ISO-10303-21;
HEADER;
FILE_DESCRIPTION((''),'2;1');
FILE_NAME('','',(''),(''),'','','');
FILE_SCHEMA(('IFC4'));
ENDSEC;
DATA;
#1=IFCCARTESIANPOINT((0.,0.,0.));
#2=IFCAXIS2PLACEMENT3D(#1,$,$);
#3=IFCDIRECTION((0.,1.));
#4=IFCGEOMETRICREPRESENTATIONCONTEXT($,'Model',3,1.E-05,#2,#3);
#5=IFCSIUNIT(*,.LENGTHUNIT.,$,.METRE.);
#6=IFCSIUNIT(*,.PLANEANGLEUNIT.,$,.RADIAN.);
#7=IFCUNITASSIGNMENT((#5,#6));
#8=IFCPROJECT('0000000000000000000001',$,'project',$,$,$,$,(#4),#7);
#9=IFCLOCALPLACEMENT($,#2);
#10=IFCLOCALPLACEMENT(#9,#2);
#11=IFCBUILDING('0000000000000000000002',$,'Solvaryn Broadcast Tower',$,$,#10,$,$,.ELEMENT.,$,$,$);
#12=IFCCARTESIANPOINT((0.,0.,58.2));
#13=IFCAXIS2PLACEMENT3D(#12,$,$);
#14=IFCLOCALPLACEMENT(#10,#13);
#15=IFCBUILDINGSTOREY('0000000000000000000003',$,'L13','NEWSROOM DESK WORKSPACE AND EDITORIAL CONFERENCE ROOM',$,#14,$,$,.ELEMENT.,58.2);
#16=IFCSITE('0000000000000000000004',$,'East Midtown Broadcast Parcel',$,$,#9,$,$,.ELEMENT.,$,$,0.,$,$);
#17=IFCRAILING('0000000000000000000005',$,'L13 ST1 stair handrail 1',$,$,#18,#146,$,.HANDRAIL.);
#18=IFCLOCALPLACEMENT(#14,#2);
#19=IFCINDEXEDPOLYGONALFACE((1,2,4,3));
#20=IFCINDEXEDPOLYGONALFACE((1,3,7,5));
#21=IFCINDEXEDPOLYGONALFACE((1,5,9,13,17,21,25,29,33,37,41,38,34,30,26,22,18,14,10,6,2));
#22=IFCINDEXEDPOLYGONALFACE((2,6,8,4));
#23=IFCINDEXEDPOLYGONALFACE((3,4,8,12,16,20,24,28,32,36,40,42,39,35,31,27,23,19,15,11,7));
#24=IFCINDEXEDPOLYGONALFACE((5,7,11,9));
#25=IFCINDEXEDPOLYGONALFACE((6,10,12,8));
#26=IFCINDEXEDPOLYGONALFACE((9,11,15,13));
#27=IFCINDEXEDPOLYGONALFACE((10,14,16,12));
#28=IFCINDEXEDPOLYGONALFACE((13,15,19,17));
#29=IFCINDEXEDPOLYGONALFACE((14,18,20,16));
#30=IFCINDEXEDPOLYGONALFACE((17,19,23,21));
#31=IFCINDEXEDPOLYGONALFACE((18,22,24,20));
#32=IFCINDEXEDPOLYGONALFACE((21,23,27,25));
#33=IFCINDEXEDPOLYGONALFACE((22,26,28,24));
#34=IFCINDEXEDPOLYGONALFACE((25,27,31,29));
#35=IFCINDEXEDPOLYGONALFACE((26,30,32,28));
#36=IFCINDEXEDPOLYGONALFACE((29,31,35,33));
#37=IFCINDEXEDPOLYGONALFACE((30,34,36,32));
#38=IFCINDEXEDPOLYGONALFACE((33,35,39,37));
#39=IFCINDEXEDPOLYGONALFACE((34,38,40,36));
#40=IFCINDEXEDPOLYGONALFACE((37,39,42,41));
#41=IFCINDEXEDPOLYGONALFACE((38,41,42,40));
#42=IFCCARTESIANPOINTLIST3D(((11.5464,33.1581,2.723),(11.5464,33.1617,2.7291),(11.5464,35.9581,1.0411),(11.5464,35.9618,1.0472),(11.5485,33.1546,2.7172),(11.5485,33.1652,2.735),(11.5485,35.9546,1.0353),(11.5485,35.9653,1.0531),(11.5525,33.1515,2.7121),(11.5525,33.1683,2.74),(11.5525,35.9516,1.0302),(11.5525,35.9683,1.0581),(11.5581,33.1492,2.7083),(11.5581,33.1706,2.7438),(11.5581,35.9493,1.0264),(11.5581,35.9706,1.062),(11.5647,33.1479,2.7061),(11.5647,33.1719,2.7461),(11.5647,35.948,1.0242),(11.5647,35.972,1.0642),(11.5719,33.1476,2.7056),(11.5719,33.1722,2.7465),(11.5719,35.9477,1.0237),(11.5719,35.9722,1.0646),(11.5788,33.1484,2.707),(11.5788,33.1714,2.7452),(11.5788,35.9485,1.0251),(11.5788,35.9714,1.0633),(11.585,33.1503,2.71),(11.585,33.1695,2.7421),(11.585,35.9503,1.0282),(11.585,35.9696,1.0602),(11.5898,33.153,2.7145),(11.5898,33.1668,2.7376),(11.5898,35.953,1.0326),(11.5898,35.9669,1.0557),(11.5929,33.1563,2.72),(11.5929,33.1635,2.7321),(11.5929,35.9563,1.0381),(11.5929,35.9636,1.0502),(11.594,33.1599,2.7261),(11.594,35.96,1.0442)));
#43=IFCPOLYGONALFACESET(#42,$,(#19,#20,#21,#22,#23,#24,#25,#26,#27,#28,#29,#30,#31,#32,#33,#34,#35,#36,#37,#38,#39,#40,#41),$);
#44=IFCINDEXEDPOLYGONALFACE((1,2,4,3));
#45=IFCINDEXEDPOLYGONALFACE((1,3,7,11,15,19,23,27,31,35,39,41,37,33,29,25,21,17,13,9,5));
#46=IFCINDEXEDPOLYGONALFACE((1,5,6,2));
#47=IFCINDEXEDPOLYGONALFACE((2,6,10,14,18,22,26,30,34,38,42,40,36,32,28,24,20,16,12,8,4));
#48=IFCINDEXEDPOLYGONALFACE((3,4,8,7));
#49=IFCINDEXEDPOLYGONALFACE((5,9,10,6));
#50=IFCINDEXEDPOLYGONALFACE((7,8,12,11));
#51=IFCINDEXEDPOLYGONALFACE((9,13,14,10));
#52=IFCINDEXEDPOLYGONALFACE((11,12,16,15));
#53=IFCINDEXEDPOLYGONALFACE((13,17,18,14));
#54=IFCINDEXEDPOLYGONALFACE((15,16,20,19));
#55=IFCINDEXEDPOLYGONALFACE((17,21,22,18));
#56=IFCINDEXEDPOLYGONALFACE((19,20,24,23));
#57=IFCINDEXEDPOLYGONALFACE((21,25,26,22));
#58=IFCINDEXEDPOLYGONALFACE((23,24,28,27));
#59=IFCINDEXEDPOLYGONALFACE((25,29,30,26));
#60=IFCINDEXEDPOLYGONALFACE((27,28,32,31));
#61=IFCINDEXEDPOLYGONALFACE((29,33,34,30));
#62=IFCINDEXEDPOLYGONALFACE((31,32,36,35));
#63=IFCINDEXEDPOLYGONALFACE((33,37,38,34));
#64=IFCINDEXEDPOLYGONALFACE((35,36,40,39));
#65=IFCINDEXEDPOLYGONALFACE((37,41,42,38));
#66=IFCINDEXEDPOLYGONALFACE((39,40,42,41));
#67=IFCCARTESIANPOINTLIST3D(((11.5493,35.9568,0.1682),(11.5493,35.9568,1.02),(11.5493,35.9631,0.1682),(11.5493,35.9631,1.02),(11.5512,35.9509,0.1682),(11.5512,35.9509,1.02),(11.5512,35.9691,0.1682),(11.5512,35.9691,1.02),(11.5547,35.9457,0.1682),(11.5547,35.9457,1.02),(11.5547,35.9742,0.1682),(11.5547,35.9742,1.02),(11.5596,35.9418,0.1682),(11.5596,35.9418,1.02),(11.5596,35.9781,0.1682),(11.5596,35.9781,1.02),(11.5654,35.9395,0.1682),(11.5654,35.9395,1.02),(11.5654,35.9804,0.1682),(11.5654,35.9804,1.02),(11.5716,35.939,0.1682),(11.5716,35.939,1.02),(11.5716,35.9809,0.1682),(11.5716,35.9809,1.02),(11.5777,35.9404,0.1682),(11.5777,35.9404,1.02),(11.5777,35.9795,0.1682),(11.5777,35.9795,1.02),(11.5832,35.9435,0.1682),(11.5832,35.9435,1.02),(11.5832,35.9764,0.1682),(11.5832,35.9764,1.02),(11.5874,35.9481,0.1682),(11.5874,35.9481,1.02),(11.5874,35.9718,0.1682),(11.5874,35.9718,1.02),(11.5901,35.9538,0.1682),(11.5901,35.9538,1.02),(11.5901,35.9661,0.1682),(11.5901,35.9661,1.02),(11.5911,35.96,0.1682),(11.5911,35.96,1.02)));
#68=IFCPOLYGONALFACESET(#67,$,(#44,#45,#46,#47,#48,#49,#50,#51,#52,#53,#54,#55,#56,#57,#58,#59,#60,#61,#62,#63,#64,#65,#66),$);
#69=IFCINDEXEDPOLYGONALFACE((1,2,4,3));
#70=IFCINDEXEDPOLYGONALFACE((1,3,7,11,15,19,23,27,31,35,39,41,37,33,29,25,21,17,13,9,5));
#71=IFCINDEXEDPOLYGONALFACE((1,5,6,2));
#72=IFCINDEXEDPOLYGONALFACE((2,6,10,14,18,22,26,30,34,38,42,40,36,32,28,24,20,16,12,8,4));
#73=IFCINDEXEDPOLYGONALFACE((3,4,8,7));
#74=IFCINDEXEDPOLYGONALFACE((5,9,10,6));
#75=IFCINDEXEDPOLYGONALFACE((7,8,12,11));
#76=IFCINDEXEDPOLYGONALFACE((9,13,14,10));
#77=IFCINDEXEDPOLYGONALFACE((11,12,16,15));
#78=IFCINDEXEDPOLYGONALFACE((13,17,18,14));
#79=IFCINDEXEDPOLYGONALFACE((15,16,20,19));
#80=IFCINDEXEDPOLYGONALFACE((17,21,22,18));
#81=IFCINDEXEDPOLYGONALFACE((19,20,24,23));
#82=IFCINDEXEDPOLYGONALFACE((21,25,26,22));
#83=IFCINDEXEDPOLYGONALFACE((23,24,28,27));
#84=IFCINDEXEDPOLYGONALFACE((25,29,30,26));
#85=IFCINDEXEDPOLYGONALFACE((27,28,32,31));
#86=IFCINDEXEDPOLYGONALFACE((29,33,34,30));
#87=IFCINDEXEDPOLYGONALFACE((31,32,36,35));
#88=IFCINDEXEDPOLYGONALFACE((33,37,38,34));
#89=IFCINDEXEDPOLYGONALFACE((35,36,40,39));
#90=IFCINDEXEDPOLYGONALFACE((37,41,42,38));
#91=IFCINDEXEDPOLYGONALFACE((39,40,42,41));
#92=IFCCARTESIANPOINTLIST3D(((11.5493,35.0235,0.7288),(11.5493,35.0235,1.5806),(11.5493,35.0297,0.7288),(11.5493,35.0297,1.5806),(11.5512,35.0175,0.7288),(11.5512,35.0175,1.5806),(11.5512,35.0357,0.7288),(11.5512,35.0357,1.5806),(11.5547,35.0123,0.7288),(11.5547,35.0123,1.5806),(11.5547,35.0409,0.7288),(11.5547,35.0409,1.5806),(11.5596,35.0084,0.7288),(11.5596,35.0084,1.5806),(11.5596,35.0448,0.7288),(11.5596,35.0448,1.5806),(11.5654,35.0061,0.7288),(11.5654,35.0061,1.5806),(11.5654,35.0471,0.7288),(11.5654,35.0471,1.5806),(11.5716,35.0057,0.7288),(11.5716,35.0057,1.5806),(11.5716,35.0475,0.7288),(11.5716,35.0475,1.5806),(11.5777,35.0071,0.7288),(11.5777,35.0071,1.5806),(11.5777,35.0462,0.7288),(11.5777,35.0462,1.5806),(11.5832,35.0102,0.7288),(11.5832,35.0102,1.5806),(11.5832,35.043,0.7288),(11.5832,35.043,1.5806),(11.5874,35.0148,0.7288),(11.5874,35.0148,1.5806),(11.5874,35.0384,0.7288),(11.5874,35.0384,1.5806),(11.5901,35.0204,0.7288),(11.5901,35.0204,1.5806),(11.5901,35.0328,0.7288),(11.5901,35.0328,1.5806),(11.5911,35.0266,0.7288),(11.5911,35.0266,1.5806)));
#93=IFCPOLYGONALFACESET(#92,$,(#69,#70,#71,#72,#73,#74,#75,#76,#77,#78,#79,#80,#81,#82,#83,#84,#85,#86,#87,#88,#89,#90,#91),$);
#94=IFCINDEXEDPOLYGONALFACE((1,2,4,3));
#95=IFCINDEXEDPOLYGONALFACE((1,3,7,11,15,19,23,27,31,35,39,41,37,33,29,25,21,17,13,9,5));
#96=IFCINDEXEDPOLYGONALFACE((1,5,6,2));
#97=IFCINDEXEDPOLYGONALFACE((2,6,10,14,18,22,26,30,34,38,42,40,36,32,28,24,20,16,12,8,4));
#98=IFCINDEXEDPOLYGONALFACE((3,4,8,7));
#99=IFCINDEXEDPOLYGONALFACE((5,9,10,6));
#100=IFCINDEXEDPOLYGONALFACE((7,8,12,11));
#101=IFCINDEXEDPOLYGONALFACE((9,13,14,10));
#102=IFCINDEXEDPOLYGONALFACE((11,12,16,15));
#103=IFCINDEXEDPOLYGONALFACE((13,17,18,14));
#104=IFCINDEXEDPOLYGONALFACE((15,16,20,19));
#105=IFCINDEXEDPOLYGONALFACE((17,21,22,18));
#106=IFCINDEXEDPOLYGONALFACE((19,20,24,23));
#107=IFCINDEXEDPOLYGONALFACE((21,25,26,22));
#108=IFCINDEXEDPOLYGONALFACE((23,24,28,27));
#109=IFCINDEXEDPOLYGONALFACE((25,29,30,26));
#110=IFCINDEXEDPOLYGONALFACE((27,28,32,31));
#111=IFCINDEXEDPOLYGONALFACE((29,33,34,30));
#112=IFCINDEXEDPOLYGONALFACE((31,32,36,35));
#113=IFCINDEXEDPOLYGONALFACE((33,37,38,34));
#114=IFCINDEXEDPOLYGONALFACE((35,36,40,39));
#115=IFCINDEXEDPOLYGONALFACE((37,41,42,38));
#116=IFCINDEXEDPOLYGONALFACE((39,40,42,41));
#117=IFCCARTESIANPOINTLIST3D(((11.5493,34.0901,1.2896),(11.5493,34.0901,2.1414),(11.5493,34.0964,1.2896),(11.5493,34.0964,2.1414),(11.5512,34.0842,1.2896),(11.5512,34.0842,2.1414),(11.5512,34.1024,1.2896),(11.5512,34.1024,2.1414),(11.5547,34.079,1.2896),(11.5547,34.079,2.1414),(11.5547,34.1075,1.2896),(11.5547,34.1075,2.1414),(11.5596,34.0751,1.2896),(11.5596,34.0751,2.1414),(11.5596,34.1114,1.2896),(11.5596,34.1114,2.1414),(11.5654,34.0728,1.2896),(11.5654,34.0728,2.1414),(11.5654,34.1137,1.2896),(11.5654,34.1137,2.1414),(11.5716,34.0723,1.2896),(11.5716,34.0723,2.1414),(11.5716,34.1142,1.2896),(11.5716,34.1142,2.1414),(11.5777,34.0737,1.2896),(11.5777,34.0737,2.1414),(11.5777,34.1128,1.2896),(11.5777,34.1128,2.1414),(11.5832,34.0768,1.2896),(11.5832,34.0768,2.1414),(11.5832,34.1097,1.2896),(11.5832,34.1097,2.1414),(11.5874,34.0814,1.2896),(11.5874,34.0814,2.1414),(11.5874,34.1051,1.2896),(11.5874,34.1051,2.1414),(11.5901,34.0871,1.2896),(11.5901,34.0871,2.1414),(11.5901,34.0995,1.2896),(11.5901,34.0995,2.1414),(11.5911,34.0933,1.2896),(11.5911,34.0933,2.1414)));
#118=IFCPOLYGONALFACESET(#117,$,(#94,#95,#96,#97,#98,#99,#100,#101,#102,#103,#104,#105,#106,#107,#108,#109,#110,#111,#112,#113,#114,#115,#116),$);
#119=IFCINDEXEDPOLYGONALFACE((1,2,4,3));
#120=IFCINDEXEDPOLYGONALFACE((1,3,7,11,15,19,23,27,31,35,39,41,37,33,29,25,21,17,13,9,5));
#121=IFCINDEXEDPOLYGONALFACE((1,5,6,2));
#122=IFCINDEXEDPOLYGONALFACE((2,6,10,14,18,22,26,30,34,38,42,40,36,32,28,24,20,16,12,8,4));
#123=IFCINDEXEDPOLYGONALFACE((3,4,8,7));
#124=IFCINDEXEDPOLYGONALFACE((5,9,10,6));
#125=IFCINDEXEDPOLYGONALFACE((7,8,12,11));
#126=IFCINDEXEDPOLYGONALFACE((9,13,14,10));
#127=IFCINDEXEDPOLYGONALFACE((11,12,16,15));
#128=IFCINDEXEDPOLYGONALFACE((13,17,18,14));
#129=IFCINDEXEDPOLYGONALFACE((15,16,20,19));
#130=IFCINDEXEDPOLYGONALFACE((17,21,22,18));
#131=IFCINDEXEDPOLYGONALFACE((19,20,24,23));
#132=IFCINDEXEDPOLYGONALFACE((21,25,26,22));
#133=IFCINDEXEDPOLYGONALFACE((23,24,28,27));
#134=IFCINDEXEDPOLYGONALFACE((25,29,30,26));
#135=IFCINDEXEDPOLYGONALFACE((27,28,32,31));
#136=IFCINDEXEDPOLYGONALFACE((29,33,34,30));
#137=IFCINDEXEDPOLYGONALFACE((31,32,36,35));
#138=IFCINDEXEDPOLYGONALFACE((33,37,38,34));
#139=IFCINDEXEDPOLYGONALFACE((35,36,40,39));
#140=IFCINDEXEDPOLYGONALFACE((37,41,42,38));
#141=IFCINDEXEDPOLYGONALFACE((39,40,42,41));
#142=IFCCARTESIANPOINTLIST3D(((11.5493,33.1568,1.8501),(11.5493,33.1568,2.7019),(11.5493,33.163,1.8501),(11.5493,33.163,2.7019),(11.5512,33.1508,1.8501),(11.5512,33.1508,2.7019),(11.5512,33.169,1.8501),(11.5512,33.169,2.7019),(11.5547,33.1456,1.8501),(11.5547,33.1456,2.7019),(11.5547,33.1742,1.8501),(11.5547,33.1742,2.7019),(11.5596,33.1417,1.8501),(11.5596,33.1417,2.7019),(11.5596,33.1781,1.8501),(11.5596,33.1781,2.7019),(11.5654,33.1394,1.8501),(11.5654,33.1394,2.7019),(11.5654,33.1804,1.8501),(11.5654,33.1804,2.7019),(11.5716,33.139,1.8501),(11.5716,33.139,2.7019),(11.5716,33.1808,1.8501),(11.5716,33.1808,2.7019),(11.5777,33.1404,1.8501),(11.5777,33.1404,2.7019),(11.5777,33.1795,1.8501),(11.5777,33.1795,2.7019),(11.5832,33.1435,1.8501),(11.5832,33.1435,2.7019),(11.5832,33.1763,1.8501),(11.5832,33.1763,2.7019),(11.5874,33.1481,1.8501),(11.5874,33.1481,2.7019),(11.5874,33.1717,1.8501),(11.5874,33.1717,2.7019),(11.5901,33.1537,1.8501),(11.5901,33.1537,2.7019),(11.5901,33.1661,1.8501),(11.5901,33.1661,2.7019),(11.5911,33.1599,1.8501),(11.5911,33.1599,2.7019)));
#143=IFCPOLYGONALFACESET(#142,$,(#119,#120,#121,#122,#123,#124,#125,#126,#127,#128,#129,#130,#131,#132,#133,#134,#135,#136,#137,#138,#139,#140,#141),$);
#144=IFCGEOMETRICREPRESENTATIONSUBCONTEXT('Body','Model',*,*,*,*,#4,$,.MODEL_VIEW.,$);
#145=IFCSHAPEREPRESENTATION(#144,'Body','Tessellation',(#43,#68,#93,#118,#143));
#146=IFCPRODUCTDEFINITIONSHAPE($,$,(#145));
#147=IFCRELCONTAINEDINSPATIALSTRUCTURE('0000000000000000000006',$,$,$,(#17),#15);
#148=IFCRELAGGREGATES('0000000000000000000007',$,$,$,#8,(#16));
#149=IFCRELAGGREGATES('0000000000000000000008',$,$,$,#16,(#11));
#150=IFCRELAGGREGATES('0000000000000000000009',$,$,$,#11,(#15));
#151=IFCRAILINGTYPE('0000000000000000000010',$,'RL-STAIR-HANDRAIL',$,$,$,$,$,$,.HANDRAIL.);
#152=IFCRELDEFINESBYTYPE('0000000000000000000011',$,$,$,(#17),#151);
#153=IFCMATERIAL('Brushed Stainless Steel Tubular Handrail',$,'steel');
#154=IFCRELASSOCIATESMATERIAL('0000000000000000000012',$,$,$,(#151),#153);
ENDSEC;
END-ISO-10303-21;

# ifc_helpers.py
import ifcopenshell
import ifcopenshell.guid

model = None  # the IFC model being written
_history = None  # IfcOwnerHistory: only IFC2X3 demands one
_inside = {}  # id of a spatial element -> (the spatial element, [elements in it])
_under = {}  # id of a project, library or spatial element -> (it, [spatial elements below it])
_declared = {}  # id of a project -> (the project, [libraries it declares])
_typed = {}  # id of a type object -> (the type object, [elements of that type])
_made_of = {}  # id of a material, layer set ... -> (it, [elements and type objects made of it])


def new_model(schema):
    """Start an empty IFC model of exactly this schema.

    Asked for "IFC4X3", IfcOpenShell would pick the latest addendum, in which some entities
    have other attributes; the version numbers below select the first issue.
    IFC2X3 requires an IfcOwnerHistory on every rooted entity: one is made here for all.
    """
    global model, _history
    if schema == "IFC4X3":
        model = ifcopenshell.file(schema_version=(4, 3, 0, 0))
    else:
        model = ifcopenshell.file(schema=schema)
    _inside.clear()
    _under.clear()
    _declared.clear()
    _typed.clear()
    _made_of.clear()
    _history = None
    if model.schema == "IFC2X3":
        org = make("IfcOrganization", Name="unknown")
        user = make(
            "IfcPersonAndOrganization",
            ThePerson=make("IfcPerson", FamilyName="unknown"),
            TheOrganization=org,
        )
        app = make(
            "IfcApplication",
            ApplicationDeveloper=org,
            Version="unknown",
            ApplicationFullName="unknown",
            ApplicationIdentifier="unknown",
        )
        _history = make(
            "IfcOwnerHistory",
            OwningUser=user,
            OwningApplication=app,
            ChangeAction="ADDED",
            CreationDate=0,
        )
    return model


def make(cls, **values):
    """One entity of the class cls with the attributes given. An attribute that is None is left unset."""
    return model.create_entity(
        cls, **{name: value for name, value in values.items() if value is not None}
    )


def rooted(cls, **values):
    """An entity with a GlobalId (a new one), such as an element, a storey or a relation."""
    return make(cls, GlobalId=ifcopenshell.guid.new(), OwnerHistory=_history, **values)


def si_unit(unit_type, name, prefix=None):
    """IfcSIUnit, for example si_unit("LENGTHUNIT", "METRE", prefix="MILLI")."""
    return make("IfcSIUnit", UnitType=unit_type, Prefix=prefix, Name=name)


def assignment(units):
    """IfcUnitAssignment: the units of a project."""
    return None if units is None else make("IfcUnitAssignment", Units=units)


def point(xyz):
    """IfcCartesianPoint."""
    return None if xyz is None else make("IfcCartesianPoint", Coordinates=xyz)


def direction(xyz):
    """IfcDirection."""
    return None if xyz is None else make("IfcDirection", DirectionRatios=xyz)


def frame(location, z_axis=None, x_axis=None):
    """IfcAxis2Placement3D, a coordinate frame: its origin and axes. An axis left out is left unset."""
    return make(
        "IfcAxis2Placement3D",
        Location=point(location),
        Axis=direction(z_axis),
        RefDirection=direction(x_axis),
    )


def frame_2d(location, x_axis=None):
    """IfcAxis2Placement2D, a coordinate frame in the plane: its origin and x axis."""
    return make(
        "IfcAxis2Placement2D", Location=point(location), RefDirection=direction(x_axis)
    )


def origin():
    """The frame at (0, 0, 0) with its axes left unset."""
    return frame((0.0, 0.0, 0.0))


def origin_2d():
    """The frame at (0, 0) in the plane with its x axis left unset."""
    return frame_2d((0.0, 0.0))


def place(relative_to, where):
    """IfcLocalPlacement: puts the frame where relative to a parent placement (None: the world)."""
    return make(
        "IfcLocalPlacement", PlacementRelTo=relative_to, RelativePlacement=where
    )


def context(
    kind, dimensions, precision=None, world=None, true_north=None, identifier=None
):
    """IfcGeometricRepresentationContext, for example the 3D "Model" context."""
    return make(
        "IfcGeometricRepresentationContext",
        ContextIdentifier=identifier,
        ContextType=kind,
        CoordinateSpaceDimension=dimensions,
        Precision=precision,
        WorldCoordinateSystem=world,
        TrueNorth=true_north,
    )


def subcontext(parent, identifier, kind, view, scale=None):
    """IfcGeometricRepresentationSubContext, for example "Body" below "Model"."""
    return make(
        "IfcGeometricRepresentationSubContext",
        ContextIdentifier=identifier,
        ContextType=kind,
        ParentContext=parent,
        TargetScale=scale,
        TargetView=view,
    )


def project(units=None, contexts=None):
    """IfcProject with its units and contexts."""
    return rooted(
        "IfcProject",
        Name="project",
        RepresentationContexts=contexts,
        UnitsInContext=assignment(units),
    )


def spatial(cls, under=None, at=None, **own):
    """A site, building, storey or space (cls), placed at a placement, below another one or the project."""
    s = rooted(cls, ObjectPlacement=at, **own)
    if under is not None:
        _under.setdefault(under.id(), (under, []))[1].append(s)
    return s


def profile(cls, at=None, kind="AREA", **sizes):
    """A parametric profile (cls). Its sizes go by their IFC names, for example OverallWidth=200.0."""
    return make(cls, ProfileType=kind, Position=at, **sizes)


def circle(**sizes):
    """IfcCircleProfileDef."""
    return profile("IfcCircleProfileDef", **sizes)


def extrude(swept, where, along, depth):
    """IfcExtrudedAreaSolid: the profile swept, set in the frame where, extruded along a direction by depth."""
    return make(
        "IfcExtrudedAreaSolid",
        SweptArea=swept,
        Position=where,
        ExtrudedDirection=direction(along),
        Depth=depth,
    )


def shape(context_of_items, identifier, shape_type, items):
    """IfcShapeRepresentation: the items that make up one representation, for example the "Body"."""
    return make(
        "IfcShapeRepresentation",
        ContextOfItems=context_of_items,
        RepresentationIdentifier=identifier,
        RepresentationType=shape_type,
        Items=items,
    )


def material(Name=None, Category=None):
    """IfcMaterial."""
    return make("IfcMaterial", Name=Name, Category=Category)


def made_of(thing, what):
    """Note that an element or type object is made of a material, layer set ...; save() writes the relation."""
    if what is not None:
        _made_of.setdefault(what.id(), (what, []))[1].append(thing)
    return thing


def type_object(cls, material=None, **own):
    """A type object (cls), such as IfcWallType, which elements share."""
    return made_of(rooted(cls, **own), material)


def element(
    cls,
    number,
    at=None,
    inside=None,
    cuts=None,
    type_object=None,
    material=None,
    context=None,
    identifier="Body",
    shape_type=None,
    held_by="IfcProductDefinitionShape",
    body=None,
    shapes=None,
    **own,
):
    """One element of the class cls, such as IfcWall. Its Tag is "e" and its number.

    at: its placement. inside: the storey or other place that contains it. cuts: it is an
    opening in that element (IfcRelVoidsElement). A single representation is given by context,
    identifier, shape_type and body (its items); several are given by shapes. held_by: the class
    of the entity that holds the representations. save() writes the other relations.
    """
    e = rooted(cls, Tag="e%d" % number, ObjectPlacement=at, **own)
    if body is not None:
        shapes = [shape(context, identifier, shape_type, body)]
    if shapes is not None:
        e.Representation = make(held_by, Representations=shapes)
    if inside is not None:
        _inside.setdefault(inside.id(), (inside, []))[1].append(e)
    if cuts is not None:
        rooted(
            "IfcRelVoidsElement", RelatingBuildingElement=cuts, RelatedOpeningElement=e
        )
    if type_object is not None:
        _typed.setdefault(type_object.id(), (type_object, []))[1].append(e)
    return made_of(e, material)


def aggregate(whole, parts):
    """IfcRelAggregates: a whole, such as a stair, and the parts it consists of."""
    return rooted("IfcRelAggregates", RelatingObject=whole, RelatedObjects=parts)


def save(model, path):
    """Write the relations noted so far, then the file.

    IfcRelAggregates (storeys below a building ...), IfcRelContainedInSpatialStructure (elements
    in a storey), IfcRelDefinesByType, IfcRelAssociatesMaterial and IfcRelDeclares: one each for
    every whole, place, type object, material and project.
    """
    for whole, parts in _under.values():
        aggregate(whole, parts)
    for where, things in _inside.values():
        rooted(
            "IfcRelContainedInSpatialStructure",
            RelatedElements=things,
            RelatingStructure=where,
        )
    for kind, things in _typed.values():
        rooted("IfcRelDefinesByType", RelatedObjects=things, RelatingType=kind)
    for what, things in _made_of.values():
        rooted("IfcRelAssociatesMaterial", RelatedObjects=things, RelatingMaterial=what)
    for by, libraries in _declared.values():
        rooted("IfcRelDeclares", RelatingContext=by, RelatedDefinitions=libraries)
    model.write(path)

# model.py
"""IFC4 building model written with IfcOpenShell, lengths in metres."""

from ifc_helpers import new_model, si_unit, direction, frame, origin, origin_2d, place, context, subcontext, project, spatial, circle, extrude, material, type_object, element, save


model = new_model("IFC4")

# Units and contexts
model_context = context("Model", 3, precision=1e-05, world=origin(), true_north=direction((0.0, 1.0)))
body_context = subcontext(model_context, "Body", "Model", "MODEL_VIEW")
ifc_project = project(units=[si_unit("LENGTHUNIT", "METRE"), si_unit("PLANEANGLEUNIT", "RADIAN")], contexts=[model_context])

# Site, building, storey
site_placement = place(None, origin())
site = spatial("IfcSite", under=ifc_project, at=site_placement, Name="East Midtown Broadcast Parcel", CompositionType="ELEMENT", RefElevation=0.0)
building_placement = place(site_placement, origin())
building = spatial("IfcBuilding", under=site, at=building_placement, Name="Solvaryn Broadcast Tower", CompositionType="ELEMENT")
storey_placement = place(building_placement, frame((0.0, 0.0, 58.2)))
storey = spatial("IfcBuildingStorey", under=building, at=storey_placement, Name="L13", Description="NEWSROOM DESK WORKSPACE AND EDITORIAL CONFERENCE ROOM", CompositionType="ELEMENT", Elevation=58.2)

# Railing
ifc_material_1 = material(Name="Brushed Stainless Steel Tubular Handrail", Category="steel")
railing_type_1 = type_object("IfcRailingType", Name="RL-STAIR-HANDRAIL", PredefinedType="HANDRAIL", material=ifc_material_1)
railing_1_placement = place(storey_placement, frame((11.5701, 35.96, 0.1682)))
element("IfcRailing", 1, at=railing_1_placement, inside=storey, type_object=railing_type_1, Name="L13 ST1 stair handrail 1", PredefinedType="HANDRAIL", context=body_context, shape_type="SweptSolid", body=[
    extrude(circle(Radius=0.0239, at=origin_2d()), frame((0.0, 0.0, 0.876), z_axis=(0.0, -0.857242, 0.514913), x_axis=(1.0, 0.0, 0.0)), (0.0, 0.0, 1.0), 3.2664),
    extrude(circle(Radius=0.021, at=origin_2d()), origin(), (0.0, 0.0, 1.0), 0.8518),
    extrude(circle(Radius=0.021, at=origin_2d()), frame((0.0, -0.9333, 0.5605)), (0.0, 0.0, 1.0), 0.8518),
    extrude(circle(Radius=0.021, at=origin_2d()), frame((0.0, -1.8667, 1.1213)), (0.0, 0.0, 1.0), 0.8518),
    extrude(circle(Radius=0.021, at=origin_2d()), frame((0.0, -2.8, 1.6819)), (0.0, 0.0, 1.0), 0.8518),
])

save(model, "model.ifc")
